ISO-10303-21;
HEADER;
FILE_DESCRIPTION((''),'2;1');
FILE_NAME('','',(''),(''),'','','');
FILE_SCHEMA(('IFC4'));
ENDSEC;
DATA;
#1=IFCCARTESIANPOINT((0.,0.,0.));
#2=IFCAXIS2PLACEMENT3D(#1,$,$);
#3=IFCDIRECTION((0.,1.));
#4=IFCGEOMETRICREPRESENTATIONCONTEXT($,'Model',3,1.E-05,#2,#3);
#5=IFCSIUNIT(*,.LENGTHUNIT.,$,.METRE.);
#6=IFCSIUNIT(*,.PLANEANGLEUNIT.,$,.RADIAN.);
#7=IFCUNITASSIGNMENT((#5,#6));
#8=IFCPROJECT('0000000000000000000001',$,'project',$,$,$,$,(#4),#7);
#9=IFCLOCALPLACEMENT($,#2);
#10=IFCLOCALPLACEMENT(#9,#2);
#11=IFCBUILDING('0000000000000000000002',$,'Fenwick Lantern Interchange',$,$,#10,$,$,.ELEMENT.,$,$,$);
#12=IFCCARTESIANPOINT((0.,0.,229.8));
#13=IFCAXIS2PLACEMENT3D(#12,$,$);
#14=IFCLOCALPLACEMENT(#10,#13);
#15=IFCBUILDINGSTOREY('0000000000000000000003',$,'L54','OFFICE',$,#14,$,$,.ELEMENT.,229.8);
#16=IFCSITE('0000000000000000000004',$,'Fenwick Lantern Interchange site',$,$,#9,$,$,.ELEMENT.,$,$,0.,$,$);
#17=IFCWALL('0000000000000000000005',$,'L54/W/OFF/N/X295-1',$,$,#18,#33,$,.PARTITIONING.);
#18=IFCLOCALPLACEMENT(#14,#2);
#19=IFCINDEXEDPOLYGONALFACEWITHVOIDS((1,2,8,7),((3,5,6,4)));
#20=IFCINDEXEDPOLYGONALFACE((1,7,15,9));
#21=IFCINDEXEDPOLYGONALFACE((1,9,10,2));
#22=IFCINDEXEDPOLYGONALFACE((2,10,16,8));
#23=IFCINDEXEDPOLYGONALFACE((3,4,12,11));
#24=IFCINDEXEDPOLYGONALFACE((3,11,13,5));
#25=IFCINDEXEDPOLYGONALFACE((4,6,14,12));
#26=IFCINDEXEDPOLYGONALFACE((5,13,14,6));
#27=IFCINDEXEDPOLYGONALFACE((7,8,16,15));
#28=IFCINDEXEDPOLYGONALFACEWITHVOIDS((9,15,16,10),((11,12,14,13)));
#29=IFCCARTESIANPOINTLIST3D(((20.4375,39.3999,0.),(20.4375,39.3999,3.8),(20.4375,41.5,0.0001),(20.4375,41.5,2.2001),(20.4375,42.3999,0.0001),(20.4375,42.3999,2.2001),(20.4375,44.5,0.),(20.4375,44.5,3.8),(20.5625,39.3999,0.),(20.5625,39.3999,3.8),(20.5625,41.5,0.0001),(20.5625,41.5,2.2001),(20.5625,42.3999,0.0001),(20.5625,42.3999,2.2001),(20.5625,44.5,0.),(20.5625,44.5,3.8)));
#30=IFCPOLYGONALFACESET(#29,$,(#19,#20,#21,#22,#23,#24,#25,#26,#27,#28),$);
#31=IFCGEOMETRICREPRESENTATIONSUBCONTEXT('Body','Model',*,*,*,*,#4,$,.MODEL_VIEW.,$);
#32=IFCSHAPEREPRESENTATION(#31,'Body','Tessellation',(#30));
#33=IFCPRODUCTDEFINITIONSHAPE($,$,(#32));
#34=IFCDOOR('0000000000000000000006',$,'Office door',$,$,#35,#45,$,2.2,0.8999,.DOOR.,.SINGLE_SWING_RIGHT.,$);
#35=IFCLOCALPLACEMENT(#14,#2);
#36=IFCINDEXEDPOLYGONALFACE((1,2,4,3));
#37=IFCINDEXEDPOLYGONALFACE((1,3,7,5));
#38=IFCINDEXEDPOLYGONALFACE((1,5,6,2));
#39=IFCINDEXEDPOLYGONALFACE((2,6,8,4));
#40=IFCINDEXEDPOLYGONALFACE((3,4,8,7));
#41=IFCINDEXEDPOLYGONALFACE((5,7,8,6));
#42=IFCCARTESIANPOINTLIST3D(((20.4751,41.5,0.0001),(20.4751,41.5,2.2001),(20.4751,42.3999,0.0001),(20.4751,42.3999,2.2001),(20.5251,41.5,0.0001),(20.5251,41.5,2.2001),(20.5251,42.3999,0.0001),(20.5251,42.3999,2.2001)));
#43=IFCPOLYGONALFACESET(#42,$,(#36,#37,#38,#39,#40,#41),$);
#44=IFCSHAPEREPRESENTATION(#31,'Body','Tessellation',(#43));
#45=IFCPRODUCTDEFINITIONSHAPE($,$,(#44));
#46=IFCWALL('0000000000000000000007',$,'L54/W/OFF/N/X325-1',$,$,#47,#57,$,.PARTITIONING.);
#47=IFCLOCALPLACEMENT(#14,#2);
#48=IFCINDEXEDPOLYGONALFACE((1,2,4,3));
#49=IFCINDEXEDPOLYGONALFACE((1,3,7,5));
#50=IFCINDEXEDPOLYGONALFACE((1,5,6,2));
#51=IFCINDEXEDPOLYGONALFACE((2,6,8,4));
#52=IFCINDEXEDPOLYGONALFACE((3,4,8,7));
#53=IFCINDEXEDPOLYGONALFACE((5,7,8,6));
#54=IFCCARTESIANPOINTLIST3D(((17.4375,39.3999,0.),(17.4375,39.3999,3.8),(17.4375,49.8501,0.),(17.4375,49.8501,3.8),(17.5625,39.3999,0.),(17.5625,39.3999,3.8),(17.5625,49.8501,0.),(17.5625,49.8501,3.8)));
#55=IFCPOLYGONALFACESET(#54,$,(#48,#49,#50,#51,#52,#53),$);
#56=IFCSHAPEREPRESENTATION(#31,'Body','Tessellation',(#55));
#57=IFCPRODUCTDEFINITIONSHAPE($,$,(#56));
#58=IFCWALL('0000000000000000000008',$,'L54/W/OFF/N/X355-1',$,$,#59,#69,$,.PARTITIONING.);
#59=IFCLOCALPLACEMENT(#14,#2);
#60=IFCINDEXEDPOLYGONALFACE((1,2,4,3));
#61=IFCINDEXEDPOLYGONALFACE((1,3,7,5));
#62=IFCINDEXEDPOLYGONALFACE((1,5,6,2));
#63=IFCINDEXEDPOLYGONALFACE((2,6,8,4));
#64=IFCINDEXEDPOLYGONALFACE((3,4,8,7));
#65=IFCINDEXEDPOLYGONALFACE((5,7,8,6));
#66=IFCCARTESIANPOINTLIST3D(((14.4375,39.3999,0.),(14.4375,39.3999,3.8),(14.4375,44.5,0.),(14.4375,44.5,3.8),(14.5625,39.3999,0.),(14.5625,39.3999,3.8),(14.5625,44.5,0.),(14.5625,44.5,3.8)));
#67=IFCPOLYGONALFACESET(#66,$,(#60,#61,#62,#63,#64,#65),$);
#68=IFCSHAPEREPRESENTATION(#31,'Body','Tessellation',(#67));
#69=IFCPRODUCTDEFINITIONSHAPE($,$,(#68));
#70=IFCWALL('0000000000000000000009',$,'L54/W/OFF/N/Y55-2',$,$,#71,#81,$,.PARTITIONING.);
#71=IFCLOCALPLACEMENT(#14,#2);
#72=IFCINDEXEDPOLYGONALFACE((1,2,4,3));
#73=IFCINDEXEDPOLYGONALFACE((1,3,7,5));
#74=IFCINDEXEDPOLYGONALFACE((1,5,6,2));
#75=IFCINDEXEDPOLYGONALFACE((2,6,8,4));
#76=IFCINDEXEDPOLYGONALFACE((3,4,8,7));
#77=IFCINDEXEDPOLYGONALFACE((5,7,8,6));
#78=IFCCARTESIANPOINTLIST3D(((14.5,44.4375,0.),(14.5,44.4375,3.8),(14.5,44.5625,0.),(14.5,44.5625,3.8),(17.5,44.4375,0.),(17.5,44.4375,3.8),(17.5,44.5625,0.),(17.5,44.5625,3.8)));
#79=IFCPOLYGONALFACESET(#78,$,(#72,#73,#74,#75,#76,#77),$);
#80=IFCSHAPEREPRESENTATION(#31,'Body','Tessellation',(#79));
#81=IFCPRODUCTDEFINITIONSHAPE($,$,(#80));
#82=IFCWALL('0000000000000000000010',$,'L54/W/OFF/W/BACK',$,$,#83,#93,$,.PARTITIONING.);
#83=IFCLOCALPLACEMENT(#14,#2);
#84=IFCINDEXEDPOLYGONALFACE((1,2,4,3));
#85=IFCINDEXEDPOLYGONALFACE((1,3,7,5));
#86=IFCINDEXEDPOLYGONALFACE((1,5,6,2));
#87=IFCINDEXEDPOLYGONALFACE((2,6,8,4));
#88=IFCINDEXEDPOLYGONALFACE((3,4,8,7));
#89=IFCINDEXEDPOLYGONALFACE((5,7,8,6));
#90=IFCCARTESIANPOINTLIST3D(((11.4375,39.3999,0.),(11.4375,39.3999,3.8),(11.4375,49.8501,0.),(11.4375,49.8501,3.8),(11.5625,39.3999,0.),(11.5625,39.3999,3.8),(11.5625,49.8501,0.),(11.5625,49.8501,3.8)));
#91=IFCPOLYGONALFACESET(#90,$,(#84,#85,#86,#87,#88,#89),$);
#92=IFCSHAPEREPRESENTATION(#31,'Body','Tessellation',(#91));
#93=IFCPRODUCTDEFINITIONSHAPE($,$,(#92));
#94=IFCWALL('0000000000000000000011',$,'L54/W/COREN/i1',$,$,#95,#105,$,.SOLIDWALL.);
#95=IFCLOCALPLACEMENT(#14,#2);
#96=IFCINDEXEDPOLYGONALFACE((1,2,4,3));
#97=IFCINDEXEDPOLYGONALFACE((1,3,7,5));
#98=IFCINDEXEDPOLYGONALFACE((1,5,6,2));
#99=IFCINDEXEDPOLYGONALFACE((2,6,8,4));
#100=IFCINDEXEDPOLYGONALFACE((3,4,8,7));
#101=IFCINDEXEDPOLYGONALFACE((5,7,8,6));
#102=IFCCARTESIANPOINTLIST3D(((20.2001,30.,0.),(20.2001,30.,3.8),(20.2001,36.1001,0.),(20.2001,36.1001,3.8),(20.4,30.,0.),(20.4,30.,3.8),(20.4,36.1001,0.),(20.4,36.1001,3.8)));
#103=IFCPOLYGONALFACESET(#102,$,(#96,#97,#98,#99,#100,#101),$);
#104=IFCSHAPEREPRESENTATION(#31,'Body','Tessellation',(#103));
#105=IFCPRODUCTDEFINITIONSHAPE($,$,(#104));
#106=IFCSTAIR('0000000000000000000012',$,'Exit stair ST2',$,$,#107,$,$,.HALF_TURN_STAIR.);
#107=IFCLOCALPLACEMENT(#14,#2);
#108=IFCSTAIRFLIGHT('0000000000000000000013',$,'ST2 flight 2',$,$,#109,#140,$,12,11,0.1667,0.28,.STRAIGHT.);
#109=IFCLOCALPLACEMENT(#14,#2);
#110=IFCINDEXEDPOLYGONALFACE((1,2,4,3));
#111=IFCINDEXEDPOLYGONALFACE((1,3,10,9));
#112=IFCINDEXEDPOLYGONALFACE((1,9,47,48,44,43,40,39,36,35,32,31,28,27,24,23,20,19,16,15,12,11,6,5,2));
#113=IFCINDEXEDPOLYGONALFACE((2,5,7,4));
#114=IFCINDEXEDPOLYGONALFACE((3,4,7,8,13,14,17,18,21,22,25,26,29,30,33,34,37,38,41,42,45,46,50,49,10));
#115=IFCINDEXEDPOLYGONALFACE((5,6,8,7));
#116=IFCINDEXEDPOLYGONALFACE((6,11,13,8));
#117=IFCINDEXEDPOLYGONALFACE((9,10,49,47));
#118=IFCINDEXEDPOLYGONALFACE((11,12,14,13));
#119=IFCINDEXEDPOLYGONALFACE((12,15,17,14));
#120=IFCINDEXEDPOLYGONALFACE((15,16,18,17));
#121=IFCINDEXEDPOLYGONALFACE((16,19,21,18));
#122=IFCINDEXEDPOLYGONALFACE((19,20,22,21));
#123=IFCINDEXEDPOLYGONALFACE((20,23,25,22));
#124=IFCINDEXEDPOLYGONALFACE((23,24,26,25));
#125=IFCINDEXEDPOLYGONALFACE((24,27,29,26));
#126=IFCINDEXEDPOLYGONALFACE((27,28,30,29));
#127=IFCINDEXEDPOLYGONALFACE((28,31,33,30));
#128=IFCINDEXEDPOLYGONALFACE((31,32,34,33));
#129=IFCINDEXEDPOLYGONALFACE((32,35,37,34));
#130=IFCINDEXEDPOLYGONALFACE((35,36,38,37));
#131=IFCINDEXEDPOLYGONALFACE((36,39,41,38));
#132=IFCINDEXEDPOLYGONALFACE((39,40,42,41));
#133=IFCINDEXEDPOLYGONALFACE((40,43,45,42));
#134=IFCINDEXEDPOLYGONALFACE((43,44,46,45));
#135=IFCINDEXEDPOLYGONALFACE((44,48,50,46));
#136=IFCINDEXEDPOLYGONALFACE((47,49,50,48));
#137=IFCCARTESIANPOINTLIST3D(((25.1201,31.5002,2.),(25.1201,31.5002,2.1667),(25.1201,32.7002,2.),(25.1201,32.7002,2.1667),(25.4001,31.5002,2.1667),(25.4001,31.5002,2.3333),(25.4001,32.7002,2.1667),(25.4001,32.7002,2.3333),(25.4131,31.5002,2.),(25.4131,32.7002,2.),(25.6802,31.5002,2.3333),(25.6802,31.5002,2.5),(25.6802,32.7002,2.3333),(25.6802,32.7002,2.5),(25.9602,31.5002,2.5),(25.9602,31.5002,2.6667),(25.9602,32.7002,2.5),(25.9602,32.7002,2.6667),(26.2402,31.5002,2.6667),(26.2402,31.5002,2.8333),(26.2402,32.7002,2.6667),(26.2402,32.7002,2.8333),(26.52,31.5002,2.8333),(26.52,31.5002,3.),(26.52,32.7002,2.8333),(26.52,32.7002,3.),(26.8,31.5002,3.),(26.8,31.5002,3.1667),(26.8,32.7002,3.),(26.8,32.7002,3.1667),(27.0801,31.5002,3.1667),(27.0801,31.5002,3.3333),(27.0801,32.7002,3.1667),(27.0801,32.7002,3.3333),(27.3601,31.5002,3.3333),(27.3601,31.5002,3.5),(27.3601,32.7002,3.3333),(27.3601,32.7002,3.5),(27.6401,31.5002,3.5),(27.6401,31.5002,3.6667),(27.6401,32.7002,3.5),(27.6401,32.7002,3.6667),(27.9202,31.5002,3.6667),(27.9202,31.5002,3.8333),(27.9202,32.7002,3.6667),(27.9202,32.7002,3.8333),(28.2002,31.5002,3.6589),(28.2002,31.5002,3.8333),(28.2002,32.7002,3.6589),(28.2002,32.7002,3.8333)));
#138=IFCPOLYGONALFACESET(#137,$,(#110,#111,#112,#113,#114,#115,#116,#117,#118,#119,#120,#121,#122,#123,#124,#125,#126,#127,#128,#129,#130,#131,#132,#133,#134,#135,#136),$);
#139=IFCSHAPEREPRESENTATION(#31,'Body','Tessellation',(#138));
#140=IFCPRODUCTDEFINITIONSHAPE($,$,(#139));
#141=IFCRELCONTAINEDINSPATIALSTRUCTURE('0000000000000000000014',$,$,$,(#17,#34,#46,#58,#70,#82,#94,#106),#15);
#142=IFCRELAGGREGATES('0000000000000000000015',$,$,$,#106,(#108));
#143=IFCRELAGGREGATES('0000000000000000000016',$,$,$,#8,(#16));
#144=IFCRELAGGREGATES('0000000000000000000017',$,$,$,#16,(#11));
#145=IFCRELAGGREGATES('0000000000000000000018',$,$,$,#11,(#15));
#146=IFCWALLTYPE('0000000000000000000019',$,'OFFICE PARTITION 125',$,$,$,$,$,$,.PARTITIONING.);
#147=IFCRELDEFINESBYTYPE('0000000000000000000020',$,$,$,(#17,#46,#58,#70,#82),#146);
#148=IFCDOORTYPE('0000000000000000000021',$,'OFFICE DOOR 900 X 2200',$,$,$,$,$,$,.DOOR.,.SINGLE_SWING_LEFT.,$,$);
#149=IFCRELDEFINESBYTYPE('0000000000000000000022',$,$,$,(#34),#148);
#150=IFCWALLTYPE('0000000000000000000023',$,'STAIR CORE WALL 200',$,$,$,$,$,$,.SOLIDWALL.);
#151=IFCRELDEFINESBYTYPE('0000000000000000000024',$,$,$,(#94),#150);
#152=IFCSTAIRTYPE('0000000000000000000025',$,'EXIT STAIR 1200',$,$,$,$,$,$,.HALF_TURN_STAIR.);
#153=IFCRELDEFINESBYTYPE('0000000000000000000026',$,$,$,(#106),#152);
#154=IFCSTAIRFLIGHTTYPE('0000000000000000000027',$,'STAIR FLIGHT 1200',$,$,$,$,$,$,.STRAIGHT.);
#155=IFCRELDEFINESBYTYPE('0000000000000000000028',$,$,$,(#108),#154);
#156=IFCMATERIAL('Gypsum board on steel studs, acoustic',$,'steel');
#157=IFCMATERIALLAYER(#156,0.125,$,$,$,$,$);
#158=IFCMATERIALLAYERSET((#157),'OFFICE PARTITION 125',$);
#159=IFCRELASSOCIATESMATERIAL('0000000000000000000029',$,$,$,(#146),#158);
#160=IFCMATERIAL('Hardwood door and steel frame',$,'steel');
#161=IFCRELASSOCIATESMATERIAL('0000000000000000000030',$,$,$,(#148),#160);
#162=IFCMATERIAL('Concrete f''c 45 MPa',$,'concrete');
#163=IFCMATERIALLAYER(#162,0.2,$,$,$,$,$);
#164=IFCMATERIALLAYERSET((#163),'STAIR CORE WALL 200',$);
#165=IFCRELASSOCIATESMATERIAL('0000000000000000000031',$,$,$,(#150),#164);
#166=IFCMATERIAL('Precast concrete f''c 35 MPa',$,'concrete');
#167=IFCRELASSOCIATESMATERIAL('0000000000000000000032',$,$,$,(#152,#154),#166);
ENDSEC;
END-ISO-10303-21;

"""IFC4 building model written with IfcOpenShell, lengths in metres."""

from ifc_helpers import new_model, si_unit, direction, frame, frame_2d, origin, place, context, subcontext, project, spatial, polyline, rectangle, outline, extrude, material, layer, layer_set, type_object, element, fill, aggregate, save


model = new_model("IFC4")

# Units and contexts
model_context = context("Model", 3, precision=1e-05, world=origin(), true_north=direction((0.0, 1.0)))
body_context = subcontext(model_context, "Body", "Model", "MODEL_VIEW")
ifc_project = project(units=[si_unit("LENGTHUNIT", "METRE"), si_unit("PLANEANGLEUNIT", "RADIAN")], contexts=[model_context])

# Site, building, storey
site_placement = place(None, origin())
site = spatial("IfcSite", under=ifc_project, at=site_placement, Name="Fenwick Lantern Interchange site", CompositionType="ELEMENT", RefElevation=0.0)
building_placement = place(site_placement, origin())
building = spatial("IfcBuilding", under=site, at=building_placement, Name="Fenwick Lantern Interchange", CompositionType="ELEMENT")
storey_placement = place(building_placement, frame((0.0, 0.0, 229.8)))
storey = spatial("IfcBuildingStorey", under=building, at=storey_placement, Name="L54", Description="OFFICE", CompositionType="ELEMENT", Elevation=229.8)

# Shared definitions
ifc_material_1 = material(Name="Hardwood door and steel frame", Category="steel")

# Shared definitions
ifc_material_2 = material(Name="Gypsum board on steel studs, acoustic", Category="steel")
ifc_layer_1 = layer(ifc_material_2, 0.125)
ifc_layer_set_1 = layer_set([ifc_layer_1], Name="OFFICE PARTITION 125")
wall_type_1 = type_object("IfcWallType", Name="OFFICE PARTITION 125", PredefinedType="PARTITIONING", material=ifc_layer_set_1)

# Wall, opening, door
wall_1_placement = place(storey_placement, frame((20.5, 44.5, 0.0), z_axis=(0.0, 0.0, 1.0), x_axis=(0.0, -1.0, 0.0)))
wall_1 = element("IfcWall", 1, at=wall_1_placement, inside=storey, type_object=wall_type_1, Name="L54/W/OFF/N/X295-1", PredefinedType="PARTITIONING", context=body_context, shape_type="SweptSolid", body=[
    extrude(rectangle(XDim=5.1001, YDim=0.125, at=frame_2d((2.55, 0.0))), origin(), (0.0, 0.0, 1.0), 3.8),
])
opening_1_placement = place(wall_1_placement, frame((2.1001, 0.0, 0.0)))
opening_1 = element("IfcOpeningElement", 2, at=opening_1_placement, cuts=wall_1, PredefinedType="OPENING", context=body_context, shape_type="SweptSolid", body=[
    extrude(rectangle(XDim=0.8999, YDim=2.2, at=frame_2d((0.45, 1.1001))), frame((0.0, 0.0725, 0.0), z_axis=(0.0, -1.0, 0.0), x_axis=(1.0, 0.0, 0.0)), (0.0, 0.0, 1.0), 0.145),
])
door_type_1 = type_object("IfcDoorType", Name="OFFICE DOOR 900 X 2200", OperationType="SINGLE_SWING_LEFT", PredefinedType="DOOR", material=ifc_material_1)
door_1_placement = place(opening_1_placement, frame((0.8999, 0.0, 0.0), z_axis=(0.0, 0.0, 1.0), x_axis=(-1.0, 0.0, 0.0)))
door_1 = element("IfcDoor", 3, at=door_1_placement, inside=storey, type_object=door_type_1, Name="Office door", OperationType="SINGLE_SWING_RIGHT", OverallHeight=2.2, OverallWidth=0.8999, PredefinedType="DOOR", context=body_context, shape_type="SweptSolid", body=[
    extrude(rectangle(XDim=0.8999, YDim=2.2, at=frame_2d((0.45, 1.1001))), frame((0.0, 0.0249, 0.0), z_axis=(0.0, -1.0, 0.0), x_axis=(1.0, 0.0, 0.0)), (0.0, 0.0, 1.0), 0.05),
])
fill(opening_1, door_1)

# Walls
wall_2_placement = place(storey_placement, frame((17.5, 49.8501, 0.0), z_axis=(0.0, 0.0, 1.0), x_axis=(0.0, -1.0, 0.0)))
element("IfcWall", 4, at=wall_2_placement, inside=storey, type_object=wall_type_1, Name="L54/W/OFF/N/X325-1", PredefinedType="PARTITIONING", context=body_context, shape_type="SweptSolid", body=[
    extrude(rectangle(XDim=10.4502, YDim=0.125, at=frame_2d((5.2251, 0.0))), origin(), (0.0, 0.0, 1.0), 3.8),
])
wall_3_placement = place(storey_placement, frame((14.5, 44.5, 0.0), z_axis=(0.0, 0.0, 1.0), x_axis=(0.0, -1.0, 0.0)))
element("IfcWall", 5, at=wall_3_placement, inside=storey, type_object=wall_type_1, Name="L54/W/OFF/N/X355-1", PredefinedType="PARTITIONING", context=body_context, shape_type="SweptSolid", body=[
    extrude(rectangle(XDim=5.1001, YDim=0.125, at=frame_2d((2.55, 0.0))), origin(), (0.0, 0.0, 1.0), 3.8),
])
wall_4_placement = place(storey_placement, frame((17.5, 44.5, 0.0), z_axis=(0.0, 0.0, 1.0), x_axis=(-1.0, 0.0, 0.0)))
element("IfcWall", 6, at=wall_4_placement, inside=storey, type_object=wall_type_1, Name="L54/W/OFF/N/Y55-2", PredefinedType="PARTITIONING", context=body_context, shape_type="SweptSolid", body=[
    extrude(rectangle(XDim=3.0, YDim=0.125, at=frame_2d((1.5, 0.0))), origin(), (0.0, 0.0, 1.0), 3.8),
])
wall_5_placement = place(storey_placement, frame((11.5, 49.8501, 0.0), z_axis=(0.0, 0.0, 1.0), x_axis=(0.0, -1.0, 0.0)))
element("IfcWall", 7, at=wall_5_placement, inside=storey, type_object=wall_type_1, Name="L54/W/OFF/W/BACK", PredefinedType="PARTITIONING", context=body_context, shape_type="SweptSolid", body=[
    extrude(rectangle(XDim=10.4502, YDim=0.125, at=frame_2d((5.2251, 0.0))), origin(), (0.0, 0.0, 1.0), 3.8),
])
ifc_material_3 = material(Name="Concrete f'c 45 MPa", Category="concrete")
ifc_layer_2 = layer(ifc_material_3, 0.2)
ifc_layer_set_2 = layer_set([ifc_layer_2], Name="STAIR CORE WALL 200")
wall_type_2 = type_object("IfcWallType", Name="STAIR CORE WALL 200", PredefinedType="SOLIDWALL", material=ifc_layer_set_2)
wall_6_placement = place(storey_placement, frame((20.3, 36.1001, 0.0), z_axis=(0.0, 0.0, 1.0), x_axis=(0.0, -1.0, 0.0)))
element("IfcWall", 8, at=wall_6_placement, inside=storey, type_object=wall_type_2, Name="L54/W/COREN/i1", PredefinedType="SOLIDWALL", context=body_context, shape_type="SweptSolid", body=[
    extrude(rectangle(XDim=6.1001, YDim=0.2, at=frame_2d((3.05, 0.0))), origin(), (0.0, 0.0, 1.0), 3.8),
])

# Stair, stair flight
ifc_material_4 = material(Name="Precast concrete f'c 35 MPa", Category="concrete")
stair_type = type_object("IfcStairType", Name="EXIT STAIR 1200", PredefinedType="HALF_TURN_STAIR", material=ifc_material_4)
stair_placement = place(storey_placement, origin())
stair = element("IfcStair", 9, at=stair_placement, inside=storey, type_object=stair_type, Name="Exit stair ST2", PredefinedType="HALF_TURN_STAIR")
stair_flight_type = type_object("IfcStairFlightType", Name="STAIR FLIGHT 1200", PredefinedType="STRAIGHT", material=ifc_material_4)
stair_flight_placement = place(storey_placement, frame((25.1201, 32.1001, 2.0), z_axis=(0.0, 0.0, 1.0), x_axis=(1.0, 0.0, 0.0)))
stair_flight = element("IfcStairFlight", 10, at=stair_flight_placement, type_object=stair_flight_type, Name="ST2 flight 2", NumberOfRisers=12, NumberOfTreads=11, PredefinedType="STRAIGHT", RiserHeight=0.1667, TreadLength=0.28, context=body_context, shape_type="SweptSolid", body=[
    extrude(outline(polyline([(0.0, 0.0), (0.0, 0.1667), (0.28, 0.1667), (0.28, 0.3333), (0.5601, 0.3333), (0.5601, 0.5), (0.8401, 0.5), (0.8401, 0.6667), (1.1201, 0.6667), (1.1201, 0.8333), (1.3999, 0.8333), (1.3999, 1.0), (1.6799, 1.0), (1.6799, 1.1667), (1.96, 1.1667), (1.96, 1.3333), (2.24, 1.3333), (2.24, 1.5), (2.52, 1.5), (2.52, 1.6667), (2.8, 1.6667), (2.8, 1.8333), (3.0801, 1.8333), (3.0801, 2.0), (3.0801, 1.6589), (0.293, 0.0), (0.0, 0.0)])), frame((0.0, 0.6001, 0.0), z_axis=(0.0, -1.0, 0.0), x_axis=(1.0, 0.0, 0.0)), (0.0, 0.0, 1.0), 1.2),
])
aggregate(stair, [stair_flight])

save(model, "model.ifc")
